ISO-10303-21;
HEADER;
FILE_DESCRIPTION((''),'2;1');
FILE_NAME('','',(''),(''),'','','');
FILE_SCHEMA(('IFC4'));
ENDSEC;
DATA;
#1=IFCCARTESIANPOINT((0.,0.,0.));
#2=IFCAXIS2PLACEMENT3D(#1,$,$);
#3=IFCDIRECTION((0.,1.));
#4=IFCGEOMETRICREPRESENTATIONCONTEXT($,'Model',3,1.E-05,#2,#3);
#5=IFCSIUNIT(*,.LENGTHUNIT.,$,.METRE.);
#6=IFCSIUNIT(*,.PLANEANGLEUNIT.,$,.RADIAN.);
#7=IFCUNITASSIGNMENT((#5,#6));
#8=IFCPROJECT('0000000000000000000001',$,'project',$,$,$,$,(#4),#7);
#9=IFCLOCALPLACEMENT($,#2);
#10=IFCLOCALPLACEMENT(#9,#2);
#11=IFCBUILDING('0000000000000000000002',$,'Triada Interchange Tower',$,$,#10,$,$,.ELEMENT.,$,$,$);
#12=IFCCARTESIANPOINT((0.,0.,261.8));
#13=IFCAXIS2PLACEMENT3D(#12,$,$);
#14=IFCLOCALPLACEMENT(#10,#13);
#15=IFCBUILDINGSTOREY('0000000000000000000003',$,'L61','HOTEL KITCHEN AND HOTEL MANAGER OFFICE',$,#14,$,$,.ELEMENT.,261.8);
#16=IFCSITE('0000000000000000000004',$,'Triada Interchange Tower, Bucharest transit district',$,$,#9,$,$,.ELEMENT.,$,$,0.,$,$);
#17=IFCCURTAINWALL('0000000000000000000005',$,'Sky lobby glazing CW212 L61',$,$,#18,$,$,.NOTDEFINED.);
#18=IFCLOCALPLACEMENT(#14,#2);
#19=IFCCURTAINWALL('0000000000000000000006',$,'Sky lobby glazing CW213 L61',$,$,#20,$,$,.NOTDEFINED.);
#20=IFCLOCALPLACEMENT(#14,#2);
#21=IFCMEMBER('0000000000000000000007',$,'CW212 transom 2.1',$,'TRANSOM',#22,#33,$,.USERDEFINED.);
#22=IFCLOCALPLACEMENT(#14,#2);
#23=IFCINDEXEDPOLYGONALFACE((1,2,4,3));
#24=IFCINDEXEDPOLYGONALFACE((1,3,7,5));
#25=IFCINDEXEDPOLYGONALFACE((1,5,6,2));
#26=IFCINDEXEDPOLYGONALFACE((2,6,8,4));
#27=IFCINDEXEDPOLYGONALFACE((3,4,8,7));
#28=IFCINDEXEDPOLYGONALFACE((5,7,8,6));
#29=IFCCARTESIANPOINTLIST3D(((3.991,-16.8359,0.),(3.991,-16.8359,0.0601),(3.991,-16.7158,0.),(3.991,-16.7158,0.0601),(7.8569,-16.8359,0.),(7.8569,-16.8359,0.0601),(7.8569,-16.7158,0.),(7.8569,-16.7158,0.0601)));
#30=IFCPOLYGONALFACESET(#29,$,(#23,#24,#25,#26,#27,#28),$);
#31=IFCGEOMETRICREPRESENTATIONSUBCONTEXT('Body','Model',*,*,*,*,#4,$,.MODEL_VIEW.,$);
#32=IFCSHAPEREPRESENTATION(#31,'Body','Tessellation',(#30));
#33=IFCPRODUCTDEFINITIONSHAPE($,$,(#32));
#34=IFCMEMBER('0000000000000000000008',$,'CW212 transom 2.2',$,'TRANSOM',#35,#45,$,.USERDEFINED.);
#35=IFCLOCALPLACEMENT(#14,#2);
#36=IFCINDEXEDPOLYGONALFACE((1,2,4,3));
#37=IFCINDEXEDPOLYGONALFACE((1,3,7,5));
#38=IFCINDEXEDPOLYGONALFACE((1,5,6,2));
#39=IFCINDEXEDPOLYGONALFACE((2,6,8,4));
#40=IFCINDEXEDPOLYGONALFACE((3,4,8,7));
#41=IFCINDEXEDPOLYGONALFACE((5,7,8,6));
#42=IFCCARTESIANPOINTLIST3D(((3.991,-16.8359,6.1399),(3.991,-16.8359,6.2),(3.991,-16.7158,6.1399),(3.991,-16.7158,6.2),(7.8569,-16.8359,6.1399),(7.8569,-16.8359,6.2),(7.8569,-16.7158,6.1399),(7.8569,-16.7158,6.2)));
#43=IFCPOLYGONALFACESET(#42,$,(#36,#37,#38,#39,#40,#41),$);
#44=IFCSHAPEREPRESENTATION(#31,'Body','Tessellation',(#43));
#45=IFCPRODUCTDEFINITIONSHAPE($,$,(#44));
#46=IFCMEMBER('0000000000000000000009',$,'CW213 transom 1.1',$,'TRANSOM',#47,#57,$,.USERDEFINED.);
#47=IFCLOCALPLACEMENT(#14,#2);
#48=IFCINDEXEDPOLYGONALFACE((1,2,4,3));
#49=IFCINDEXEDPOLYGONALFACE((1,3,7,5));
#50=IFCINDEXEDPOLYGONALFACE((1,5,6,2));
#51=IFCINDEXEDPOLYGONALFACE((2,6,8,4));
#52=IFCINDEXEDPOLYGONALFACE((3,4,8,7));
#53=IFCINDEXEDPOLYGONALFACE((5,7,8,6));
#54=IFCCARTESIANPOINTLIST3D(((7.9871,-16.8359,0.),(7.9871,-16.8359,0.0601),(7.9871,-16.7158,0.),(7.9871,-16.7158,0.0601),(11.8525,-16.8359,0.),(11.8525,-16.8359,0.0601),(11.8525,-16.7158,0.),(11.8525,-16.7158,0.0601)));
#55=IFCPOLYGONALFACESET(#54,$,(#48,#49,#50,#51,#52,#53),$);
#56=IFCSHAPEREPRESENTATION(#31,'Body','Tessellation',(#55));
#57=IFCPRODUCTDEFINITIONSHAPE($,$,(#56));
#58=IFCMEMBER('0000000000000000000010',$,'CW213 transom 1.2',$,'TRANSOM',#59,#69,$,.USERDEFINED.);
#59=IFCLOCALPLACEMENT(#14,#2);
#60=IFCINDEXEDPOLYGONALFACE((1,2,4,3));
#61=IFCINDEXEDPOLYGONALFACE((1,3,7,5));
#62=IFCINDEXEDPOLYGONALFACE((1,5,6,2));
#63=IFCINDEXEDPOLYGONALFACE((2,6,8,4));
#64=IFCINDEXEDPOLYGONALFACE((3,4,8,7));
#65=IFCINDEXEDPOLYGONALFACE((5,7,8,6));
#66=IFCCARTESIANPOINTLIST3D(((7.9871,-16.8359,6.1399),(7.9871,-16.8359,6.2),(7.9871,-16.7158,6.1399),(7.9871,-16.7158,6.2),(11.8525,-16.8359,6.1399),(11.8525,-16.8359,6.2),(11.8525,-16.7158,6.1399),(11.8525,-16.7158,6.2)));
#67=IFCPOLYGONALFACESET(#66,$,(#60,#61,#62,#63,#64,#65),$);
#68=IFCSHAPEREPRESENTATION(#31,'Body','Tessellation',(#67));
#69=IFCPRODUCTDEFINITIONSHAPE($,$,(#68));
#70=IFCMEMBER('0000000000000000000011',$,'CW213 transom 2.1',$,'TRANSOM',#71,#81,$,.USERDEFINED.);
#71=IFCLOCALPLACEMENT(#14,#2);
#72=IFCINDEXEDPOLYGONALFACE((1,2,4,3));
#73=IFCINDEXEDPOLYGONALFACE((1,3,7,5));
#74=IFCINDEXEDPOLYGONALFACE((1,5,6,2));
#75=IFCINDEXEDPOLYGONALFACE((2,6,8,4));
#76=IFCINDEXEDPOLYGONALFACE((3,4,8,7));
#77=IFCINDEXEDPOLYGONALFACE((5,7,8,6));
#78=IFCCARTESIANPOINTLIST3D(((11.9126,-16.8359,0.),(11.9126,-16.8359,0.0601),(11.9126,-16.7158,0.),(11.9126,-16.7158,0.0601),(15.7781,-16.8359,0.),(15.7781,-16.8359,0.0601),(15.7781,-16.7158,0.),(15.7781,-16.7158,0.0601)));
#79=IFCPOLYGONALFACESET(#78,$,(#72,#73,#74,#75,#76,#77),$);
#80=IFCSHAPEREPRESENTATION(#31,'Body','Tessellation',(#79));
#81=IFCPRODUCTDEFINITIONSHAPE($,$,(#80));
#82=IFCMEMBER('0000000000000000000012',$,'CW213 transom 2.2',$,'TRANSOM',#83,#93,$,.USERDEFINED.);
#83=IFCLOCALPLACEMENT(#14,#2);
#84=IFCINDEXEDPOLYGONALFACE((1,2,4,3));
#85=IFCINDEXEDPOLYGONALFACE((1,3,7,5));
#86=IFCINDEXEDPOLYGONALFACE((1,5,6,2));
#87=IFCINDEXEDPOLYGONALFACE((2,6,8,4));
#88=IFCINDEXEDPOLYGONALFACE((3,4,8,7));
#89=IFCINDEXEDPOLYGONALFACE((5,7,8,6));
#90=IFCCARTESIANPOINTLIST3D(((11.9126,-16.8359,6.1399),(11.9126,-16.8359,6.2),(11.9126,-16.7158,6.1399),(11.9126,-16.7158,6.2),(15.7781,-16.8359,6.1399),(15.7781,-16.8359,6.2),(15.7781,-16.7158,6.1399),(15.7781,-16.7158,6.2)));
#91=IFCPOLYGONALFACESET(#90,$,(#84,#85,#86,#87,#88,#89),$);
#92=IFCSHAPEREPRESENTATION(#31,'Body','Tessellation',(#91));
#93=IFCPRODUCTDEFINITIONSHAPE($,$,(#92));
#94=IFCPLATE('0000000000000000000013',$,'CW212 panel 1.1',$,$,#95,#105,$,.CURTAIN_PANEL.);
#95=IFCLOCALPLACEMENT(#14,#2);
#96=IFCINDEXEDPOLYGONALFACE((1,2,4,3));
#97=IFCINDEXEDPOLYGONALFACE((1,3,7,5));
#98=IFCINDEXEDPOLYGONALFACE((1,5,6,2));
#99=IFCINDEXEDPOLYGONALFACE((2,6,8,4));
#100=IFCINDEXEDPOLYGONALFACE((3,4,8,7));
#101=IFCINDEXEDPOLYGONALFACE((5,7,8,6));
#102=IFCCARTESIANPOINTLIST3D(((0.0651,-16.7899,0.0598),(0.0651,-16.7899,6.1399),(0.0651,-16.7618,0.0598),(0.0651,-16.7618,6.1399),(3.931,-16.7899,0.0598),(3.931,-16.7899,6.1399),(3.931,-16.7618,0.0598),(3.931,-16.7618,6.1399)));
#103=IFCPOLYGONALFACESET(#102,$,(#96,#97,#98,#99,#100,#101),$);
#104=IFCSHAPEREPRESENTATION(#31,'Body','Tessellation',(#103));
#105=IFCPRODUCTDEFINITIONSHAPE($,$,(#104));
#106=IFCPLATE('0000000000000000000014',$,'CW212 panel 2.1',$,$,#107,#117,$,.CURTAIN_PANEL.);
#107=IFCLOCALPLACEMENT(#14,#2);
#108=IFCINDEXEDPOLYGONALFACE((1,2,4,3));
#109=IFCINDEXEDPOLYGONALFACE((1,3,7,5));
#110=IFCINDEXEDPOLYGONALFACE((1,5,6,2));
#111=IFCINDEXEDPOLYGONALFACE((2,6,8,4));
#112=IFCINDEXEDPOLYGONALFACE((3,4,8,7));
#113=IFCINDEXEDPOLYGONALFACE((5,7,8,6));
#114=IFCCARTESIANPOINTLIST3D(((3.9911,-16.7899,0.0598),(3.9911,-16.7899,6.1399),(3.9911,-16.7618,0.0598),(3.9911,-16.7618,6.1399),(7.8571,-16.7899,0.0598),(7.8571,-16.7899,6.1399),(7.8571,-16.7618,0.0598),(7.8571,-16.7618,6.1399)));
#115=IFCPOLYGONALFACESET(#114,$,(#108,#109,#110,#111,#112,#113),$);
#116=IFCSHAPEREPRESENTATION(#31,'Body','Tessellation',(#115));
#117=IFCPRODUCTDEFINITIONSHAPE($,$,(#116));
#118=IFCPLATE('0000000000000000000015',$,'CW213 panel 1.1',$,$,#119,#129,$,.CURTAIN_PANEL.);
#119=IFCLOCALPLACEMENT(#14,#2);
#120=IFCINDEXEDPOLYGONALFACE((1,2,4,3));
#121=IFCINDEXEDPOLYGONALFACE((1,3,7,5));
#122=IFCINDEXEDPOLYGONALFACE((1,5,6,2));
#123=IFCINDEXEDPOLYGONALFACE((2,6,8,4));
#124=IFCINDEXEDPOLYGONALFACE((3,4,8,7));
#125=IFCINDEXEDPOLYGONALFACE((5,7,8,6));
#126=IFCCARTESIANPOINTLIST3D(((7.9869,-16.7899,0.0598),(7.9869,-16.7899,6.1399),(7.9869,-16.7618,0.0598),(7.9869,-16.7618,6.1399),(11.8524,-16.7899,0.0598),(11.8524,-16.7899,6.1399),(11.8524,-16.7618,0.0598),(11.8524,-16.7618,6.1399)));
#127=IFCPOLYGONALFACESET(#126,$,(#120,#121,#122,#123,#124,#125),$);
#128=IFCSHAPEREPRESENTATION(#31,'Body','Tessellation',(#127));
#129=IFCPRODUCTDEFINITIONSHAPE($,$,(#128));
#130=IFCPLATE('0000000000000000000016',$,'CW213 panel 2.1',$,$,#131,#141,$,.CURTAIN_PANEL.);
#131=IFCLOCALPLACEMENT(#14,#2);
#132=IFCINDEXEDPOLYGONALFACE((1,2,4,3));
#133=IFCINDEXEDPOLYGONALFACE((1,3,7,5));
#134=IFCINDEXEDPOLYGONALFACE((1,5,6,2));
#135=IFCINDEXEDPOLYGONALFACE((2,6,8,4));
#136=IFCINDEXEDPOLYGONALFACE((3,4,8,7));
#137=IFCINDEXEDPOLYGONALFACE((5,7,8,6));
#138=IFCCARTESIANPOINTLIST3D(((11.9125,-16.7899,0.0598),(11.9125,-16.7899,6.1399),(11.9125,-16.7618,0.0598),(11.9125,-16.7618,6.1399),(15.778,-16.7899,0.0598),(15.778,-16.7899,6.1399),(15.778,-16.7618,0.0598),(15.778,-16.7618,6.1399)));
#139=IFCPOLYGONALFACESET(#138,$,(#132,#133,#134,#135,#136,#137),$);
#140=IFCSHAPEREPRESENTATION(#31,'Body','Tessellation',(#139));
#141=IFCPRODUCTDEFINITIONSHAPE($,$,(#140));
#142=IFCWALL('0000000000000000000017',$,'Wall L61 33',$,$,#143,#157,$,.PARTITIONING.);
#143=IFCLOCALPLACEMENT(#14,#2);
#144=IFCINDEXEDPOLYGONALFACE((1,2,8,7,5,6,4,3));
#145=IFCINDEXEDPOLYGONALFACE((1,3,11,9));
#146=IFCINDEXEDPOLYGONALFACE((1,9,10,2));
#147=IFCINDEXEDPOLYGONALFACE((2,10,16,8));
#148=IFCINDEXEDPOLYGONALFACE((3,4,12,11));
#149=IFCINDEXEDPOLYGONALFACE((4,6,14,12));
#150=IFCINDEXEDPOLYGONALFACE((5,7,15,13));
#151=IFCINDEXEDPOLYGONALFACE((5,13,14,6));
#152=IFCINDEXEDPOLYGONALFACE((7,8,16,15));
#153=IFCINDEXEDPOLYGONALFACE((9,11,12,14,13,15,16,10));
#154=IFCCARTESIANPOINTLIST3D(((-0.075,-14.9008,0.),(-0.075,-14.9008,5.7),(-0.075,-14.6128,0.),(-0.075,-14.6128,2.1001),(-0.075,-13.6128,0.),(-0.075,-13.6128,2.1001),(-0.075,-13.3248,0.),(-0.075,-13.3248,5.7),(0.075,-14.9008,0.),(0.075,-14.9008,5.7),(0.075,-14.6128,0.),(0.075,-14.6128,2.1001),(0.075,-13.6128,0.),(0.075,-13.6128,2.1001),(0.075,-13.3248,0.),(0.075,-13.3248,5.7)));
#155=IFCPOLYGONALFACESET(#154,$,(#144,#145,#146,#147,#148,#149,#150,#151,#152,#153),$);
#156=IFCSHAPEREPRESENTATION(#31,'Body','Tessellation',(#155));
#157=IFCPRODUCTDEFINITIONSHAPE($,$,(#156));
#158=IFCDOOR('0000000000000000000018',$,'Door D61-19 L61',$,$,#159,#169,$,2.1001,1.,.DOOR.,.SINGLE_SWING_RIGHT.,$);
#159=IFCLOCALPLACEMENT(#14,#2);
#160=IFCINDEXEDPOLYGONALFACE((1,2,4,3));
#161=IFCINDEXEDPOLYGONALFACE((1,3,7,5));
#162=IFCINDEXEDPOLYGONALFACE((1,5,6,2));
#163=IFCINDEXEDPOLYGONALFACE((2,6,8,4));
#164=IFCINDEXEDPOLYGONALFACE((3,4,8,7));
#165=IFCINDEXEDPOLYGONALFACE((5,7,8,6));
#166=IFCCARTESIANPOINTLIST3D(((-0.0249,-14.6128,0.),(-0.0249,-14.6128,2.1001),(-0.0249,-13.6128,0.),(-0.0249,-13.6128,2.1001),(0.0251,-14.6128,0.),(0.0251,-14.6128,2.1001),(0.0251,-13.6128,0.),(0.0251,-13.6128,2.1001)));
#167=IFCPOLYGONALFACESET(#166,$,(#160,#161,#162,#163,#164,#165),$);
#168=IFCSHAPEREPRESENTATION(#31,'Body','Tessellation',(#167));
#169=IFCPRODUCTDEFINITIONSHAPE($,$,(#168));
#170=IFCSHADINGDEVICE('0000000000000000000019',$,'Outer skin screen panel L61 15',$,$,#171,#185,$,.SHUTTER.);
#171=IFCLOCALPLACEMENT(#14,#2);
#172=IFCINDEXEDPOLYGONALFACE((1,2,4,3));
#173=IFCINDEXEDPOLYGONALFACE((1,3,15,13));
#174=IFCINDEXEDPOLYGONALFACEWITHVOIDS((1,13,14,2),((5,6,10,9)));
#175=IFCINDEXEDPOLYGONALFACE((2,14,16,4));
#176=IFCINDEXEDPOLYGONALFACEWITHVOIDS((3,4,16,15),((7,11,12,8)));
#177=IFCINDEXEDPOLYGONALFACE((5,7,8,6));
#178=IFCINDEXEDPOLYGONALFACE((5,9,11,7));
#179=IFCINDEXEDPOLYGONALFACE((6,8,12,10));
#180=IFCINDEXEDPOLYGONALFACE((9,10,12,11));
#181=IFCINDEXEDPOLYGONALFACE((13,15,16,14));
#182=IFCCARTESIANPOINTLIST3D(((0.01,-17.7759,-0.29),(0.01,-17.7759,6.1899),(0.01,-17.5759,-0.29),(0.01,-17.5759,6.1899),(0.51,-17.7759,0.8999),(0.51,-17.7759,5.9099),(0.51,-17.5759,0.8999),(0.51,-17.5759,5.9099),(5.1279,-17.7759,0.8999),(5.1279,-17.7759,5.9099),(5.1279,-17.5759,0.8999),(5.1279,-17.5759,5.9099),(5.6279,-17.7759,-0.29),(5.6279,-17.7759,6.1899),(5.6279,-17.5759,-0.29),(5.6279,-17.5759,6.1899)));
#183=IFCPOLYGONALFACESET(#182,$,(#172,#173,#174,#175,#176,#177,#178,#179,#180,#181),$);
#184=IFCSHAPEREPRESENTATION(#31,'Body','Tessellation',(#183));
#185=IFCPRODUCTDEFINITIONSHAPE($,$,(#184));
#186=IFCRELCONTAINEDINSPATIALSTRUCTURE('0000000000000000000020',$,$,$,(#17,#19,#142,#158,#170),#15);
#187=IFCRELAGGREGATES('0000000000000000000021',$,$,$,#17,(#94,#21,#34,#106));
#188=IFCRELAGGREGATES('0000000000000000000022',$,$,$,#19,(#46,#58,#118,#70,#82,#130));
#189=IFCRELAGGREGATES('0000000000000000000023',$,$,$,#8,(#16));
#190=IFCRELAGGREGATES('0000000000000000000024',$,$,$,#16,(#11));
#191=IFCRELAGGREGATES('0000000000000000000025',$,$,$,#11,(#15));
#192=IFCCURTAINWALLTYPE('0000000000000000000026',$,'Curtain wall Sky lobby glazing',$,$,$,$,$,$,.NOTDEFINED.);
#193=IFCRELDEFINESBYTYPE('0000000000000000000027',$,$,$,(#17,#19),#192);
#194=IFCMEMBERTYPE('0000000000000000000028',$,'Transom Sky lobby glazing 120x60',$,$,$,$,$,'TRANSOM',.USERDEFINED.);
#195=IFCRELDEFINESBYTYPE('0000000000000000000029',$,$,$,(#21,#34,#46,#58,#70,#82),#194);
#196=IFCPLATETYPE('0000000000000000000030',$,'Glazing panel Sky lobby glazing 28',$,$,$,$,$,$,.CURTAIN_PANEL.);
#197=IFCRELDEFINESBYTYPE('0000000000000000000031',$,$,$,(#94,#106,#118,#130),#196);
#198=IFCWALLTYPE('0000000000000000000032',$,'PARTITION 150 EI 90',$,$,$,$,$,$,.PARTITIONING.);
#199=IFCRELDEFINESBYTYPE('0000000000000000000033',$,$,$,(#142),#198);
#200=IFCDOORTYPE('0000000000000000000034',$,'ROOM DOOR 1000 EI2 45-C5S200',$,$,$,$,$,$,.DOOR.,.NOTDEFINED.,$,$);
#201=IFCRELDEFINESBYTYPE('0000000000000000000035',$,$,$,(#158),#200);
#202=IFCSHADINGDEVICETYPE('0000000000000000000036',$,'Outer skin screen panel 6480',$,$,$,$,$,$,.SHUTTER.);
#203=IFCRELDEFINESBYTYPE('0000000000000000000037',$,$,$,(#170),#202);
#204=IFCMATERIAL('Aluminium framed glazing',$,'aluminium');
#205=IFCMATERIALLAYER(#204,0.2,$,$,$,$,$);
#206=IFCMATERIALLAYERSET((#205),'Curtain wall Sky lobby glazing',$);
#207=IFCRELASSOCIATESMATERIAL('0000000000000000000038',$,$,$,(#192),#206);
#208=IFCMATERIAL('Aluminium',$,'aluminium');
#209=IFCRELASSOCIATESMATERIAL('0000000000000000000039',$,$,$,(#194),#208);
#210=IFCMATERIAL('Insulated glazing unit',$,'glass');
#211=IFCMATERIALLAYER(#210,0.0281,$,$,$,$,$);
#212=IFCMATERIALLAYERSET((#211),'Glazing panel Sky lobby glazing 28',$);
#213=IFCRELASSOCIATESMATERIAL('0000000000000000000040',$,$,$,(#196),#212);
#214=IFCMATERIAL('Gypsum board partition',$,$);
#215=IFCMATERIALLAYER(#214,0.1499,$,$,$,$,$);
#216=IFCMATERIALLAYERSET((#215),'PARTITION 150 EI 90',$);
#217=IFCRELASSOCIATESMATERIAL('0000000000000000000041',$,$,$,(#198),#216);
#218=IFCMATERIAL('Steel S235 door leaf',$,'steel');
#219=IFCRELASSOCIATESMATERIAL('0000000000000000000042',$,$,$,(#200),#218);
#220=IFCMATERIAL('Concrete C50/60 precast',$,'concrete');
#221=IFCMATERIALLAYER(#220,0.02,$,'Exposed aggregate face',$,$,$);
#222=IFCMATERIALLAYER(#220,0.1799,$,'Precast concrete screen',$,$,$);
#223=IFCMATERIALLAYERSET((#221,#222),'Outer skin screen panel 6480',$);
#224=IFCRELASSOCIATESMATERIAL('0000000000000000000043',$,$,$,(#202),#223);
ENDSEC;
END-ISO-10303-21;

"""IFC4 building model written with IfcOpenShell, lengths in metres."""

from ifc_helpers import new_model, si_unit, direction, frame, frame_2d, origin, origin_2d, place, context, subcontext, project, spatial, polyline, rectangle, outline, extrude, material, layer, layer_set, material_profile, profile_set, type_object, element, fill, aggregate, save


model = new_model("IFC4")

# Units and contexts
model_context = context("Model", 3, precision=1e-05, world=origin(), true_north=direction((0.0, 1.0)))
body_context = subcontext(model_context, "Body", "Model", "MODEL_VIEW")
ifc_project = project(units=[si_unit("LENGTHUNIT", "METRE"), si_unit("PLANEANGLEUNIT", "RADIAN")], contexts=[model_context])

# Site, building, storey
site_placement = place(None, origin())
site = spatial("IfcSite", under=ifc_project, at=site_placement, Name="Triada Interchange Tower, Bucharest transit district", CompositionType="ELEMENT", RefElevation=0.0)
building_placement = place(site_placement, origin())
building = spatial("IfcBuilding", under=site, at=building_placement, Name="Triada Interchange Tower", CompositionType="ELEMENT")
storey_placement = place(building_placement, frame((0.0, 0.0, 261.8)))
storey = spatial("IfcBuildingStorey", under=building, at=storey_placement, Name="L61", Description="HOTEL KITCHEN AND HOTEL MANAGER OFFICE", CompositionType="ELEMENT", Elevation=261.8)

# Curtain walls
ifc_material_1 = material(Name="Aluminium framed glazing", Category="aluminium")
ifc_layer_1 = layer(ifc_material_1, 0.2)
ifc_layer_set_1 = layer_set([ifc_layer_1], Name="Curtain wall Sky lobby glazing")
curtain_wall_type = type_object("IfcCurtainWallType", Name="Curtain wall Sky lobby glazing", PredefinedType="NOTDEFINED", material=ifc_layer_set_1)
curtain_wall_1_placement = place(storey_placement, origin())
curtain_wall_1 = element("IfcCurtainWall", 1, at=curtain_wall_1_placement, inside=storey, type_object=curtain_wall_type, Name="Sky lobby glazing CW212 L61", PredefinedType="NOTDEFINED")
ifc_material_2 = material(Name="Aluminium", Category="aluminium")
curtain_wall_2_placement = place(storey_placement, origin())
curtain_wall_2 = element("IfcCurtainWall", 2, at=curtain_wall_2_placement, inside=storey, type_object=curtain_wall_type, Name="Sky lobby glazing CW213 L61", PredefinedType="NOTDEFINED")

# Members
ifc_material_profile_1 = material_profile(ifc_material_2, rectangle(XDim=0.1201, YDim=0.0601, at=origin_2d()), Name="Aluminium transom")
ifc_profile_set_1 = profile_set([ifc_material_profile_1], Name="Aluminium")
member_type_1 = type_object("IfcMemberType", Name="Transom Sky lobby glazing 120x60", ElementType="TRANSOM", PredefinedType="USERDEFINED", material=ifc_profile_set_1)
member_1_placement = place(storey_placement, frame((3.991, -16.7759, 0.03), z_axis=(1.0, 0.0, 0.0), x_axis=(0.0, 1.0, 0.0)))
member_1 = element("IfcMember", 3, at=member_1_placement, type_object=member_type_1, Name="CW212 transom 2.1", ObjectType="TRANSOM", PredefinedType="USERDEFINED", context=body_context, shape_type="SweptSolid", body=[
    extrude(rectangle(XDim=0.1201, YDim=0.0601, at=origin_2d()), origin(), (0.0, 0.0, 1.0), 3.866),
])
member_2_placement = place(storey_placement, frame((3.991, -16.7759, 6.1699), z_axis=(1.0, 0.0, 0.0), x_axis=(0.0, 1.0, 0.0)))
member_2 = element("IfcMember", 4, at=member_2_placement, type_object=member_type_1, Name="CW212 transom 2.2", ObjectType="TRANSOM", PredefinedType="USERDEFINED", context=body_context, shape_type="SweptSolid", body=[
    extrude(rectangle(XDim=0.1201, YDim=0.0601, at=origin_2d()), origin(), (0.0, 0.0, 1.0), 3.866),
])
member_3_placement = place(storey_placement, frame((7.9871, -16.7759, 0.03), z_axis=(1.0, 0.0, 0.0), x_axis=(0.0, 1.0, 0.0)))
member_3 = element("IfcMember", 5, at=member_3_placement, type_object=member_type_1, Name="CW213 transom 1.1", ObjectType="TRANSOM", PredefinedType="USERDEFINED", context=body_context, shape_type="SweptSolid", body=[
    extrude(rectangle(XDim=0.1201, YDim=0.0601, at=origin_2d()), origin(), (0.0, 0.0, 1.0), 3.8655),
])
member_4_placement = place(storey_placement, frame((7.9871, -16.7759, 6.1699), z_axis=(1.0, 0.0, 0.0), x_axis=(0.0, 1.0, 0.0)))
member_4 = element("IfcMember", 6, at=member_4_placement, type_object=member_type_1, Name="CW213 transom 1.2", ObjectType="TRANSOM", PredefinedType="USERDEFINED", context=body_context, shape_type="SweptSolid", body=[
    extrude(rectangle(XDim=0.1201, YDim=0.0601, at=origin_2d()), origin(), (0.0, 0.0, 1.0), 3.8655),
])
member_5_placement = place(storey_placement, frame((11.9126, -16.7759, 0.03), z_axis=(1.0, 0.0, 0.0), x_axis=(0.0, 1.0, 0.0)))
member_5 = element("IfcMember", 7, at=member_5_placement, type_object=member_type_1, Name="CW213 transom 2.1", ObjectType="TRANSOM", PredefinedType="USERDEFINED", context=body_context, shape_type="SweptSolid", body=[
    extrude(rectangle(XDim=0.1201, YDim=0.0601, at=origin_2d()), origin(), (0.0, 0.0, 1.0), 3.8655),
])
member_6_placement = place(storey_placement, frame((11.9126, -16.7759, 6.1699), z_axis=(1.0, 0.0, 0.0), x_axis=(0.0, 1.0, 0.0)))
member_6 = element("IfcMember", 8, at=member_6_placement, type_object=member_type_1, Name="CW213 transom 2.2", ObjectType="TRANSOM", PredefinedType="USERDEFINED", context=body_context, shape_type="SweptSolid", body=[
    extrude(rectangle(XDim=0.1201, YDim=0.0601, at=origin_2d()), origin(), (0.0, 0.0, 1.0), 3.8655),
])

# Plates
ifc_material_3 = material(Name="Insulated glazing unit", Category="glass")
ifc_layer_2 = layer(ifc_material_3, 0.0281)
ifc_layer_set_2 = layer_set([ifc_layer_2], Name="Glazing panel Sky lobby glazing 28")
plate_type = type_object("IfcPlateType", Name="Glazing panel Sky lobby glazing 28", PredefinedType="CURTAIN_PANEL", material=ifc_layer_set_2)
plate_1_placement = place(storey_placement, frame((1.998, -16.7759, 0.0598), z_axis=(0.0, 0.0, 1.0), x_axis=(1.0, 0.0, 0.0)))
plate_1 = element("IfcPlate", 9, at=plate_1_placement, type_object=plate_type, Name="CW212 panel 1.1", PredefinedType="CURTAIN_PANEL", context=body_context, shape_type="SweptSolid", body=[
    extrude(rectangle(XDim=3.866, YDim=0.0281, at=origin_2d()), origin(), (0.0, 0.0, 1.0), 6.0801),
])
plate_2_placement = place(storey_placement, frame((5.9241, -16.7759, 0.0598), z_axis=(0.0, 0.0, 1.0), x_axis=(1.0, 0.0, 0.0)))
plate_2 = element("IfcPlate", 10, at=plate_2_placement, type_object=plate_type, Name="CW212 panel 2.1", PredefinedType="CURTAIN_PANEL", context=body_context, shape_type="SweptSolid", body=[
    extrude(rectangle(XDim=3.866, YDim=0.0281, at=origin_2d()), origin(), (0.0, 0.0, 1.0), 6.0801),
])
aggregate(curtain_wall_1, [plate_1, member_1, member_2, plate_2])
plate_3_placement = place(storey_placement, frame((9.9197, -16.7759, 0.0598), z_axis=(0.0, 0.0, 1.0), x_axis=(1.0, 0.0, 0.0)))
plate_3 = element("IfcPlate", 11, at=plate_3_placement, type_object=plate_type, Name="CW213 panel 1.1", PredefinedType="CURTAIN_PANEL", context=body_context, shape_type="SweptSolid", body=[
    extrude(rectangle(XDim=3.8655, YDim=0.0281, at=origin_2d()), origin(), (0.0, 0.0, 1.0), 6.0801),
])
plate_4_placement = place(storey_placement, frame((13.8452, -16.7759, 0.0598), z_axis=(0.0, 0.0, 1.0), x_axis=(1.0, 0.0, 0.0)))
plate_4 = element("IfcPlate", 12, at=plate_4_placement, type_object=plate_type, Name="CW213 panel 2.1", PredefinedType="CURTAIN_PANEL", context=body_context, shape_type="SweptSolid", body=[
    extrude(rectangle(XDim=3.8655, YDim=0.0281, at=origin_2d()), origin(), (0.0, 0.0, 1.0), 6.0801),
])
aggregate(curtain_wall_2, [member_3, member_4, plate_3, member_5, member_6, plate_4])

# Wall, opening, door
ifc_material_4 = material(Name="Gypsum board partition")
ifc_layer_3 = layer(ifc_material_4, 0.1499)
ifc_layer_set_3 = layer_set([ifc_layer_3], Name="PARTITION 150 EI 90")
wall_type = type_object("IfcWallType", Name="PARTITION 150 EI 90", PredefinedType="PARTITIONING", material=ifc_layer_set_3)
wall_placement = place(storey_placement, frame((0.0, -14.9009, 0.0), z_axis=(0.0, 0.0, 1.0), x_axis=(0.0, 1.0, 0.0)))
wall = element("IfcWall", 13, at=wall_placement, inside=storey, type_object=wall_type, Name="Wall L61 33", PredefinedType="PARTITIONING", context=body_context, shape_type="SweptSolid", body=[
    extrude(rectangle(XDim=1.5759, YDim=0.1499, at=frame_2d((0.7881, 0.0))), origin(), (0.0, 0.0, 1.0), 5.7),
])
opening_placement = place(wall_placement, frame((0.2881, 0.0, 0.0)))
opening = element("IfcOpeningElement", 14, at=opening_placement, cuts=wall, PredefinedType="OPENING", context=body_context, shape_type="SweptSolid", body=[
    extrude(rectangle(XDim=1.0, YDim=2.1001, at=frame_2d((0.5, 1.05))), frame((0.0, 0.085, 0.0), z_axis=(0.0, -1.0, 0.0), x_axis=(1.0, 0.0, 0.0)), (0.0, 0.0, 1.0), 0.1699),
])
ifc_material_5 = material(Name="Steel S235 door leaf", Category="steel")
door_type = type_object("IfcDoorType", Name="ROOM DOOR 1000 EI2 45-C5S200", OperationType="NOTDEFINED", PredefinedType="DOOR", material=ifc_material_5)
door_placement = place(opening_placement, origin())
door = element("IfcDoor", 15, at=door_placement, inside=storey, type_object=door_type, Name="Door D61-19 L61", OperationType="SINGLE_SWING_RIGHT", OverallHeight=2.1001, OverallWidth=1.0, PredefinedType="DOOR", context=body_context, shape_type="SweptSolid", body=[
    extrude(rectangle(XDim=1.0, YDim=2.1001, at=frame_2d((0.5, 1.05))), frame((0.0, 0.0249, 0.0), z_axis=(0.0, -1.0, 0.0), x_axis=(1.0, 0.0, 0.0)), (0.0, 0.0, 1.0), 0.05),
])
fill(opening, door)

# Shading device
ifc_material_6 = material(Name="Concrete C50/60 precast", Category="concrete")
ifc_layer_4 = layer(ifc_material_6, 0.02, Name="Exposed aggregate face")
ifc_layer_5 = layer(ifc_material_6, 0.1799, Name="Precast concrete screen")
ifc_layer_set_4 = layer_set([ifc_layer_4, ifc_layer_5], Name="Outer skin screen panel 6480")
shading_device_type = type_object("IfcShadingDeviceType", Name="Outer skin screen panel 6480", PredefinedType="SHUTTER", material=ifc_layer_set_4)
shading_device_placement = place(storey_placement, frame((0.01, -17.5759, -0.29), z_axis=(0.0, 0.0, 1.0), x_axis=(1.0, 0.0, 0.0)))
element("IfcShadingDevice", 16, at=shading_device_placement, inside=storey, type_object=shading_device_type, Name="Outer skin screen panel L61 15", PredefinedType="SHUTTER", context=body_context, shape_type="SweptSolid", body=[
    extrude(outline(polyline([(0.0, 0.0), (5.6179, 0.0), (5.6179, 6.48), (0.0, 6.48), (0.0, 0.0)]), holes=[polyline([(0.5, 1.1899), (0.5, 6.2), (5.1179, 6.2), (5.1179, 1.1899), (0.5, 1.1899)])]), frame((0.0, 0.0, 0.0), z_axis=(0.0, -1.0, 0.0), x_axis=(1.0, 0.0, 0.0)), (0.0, 0.0, 1.0), 0.2),
])

save(model, "model.ifc")
